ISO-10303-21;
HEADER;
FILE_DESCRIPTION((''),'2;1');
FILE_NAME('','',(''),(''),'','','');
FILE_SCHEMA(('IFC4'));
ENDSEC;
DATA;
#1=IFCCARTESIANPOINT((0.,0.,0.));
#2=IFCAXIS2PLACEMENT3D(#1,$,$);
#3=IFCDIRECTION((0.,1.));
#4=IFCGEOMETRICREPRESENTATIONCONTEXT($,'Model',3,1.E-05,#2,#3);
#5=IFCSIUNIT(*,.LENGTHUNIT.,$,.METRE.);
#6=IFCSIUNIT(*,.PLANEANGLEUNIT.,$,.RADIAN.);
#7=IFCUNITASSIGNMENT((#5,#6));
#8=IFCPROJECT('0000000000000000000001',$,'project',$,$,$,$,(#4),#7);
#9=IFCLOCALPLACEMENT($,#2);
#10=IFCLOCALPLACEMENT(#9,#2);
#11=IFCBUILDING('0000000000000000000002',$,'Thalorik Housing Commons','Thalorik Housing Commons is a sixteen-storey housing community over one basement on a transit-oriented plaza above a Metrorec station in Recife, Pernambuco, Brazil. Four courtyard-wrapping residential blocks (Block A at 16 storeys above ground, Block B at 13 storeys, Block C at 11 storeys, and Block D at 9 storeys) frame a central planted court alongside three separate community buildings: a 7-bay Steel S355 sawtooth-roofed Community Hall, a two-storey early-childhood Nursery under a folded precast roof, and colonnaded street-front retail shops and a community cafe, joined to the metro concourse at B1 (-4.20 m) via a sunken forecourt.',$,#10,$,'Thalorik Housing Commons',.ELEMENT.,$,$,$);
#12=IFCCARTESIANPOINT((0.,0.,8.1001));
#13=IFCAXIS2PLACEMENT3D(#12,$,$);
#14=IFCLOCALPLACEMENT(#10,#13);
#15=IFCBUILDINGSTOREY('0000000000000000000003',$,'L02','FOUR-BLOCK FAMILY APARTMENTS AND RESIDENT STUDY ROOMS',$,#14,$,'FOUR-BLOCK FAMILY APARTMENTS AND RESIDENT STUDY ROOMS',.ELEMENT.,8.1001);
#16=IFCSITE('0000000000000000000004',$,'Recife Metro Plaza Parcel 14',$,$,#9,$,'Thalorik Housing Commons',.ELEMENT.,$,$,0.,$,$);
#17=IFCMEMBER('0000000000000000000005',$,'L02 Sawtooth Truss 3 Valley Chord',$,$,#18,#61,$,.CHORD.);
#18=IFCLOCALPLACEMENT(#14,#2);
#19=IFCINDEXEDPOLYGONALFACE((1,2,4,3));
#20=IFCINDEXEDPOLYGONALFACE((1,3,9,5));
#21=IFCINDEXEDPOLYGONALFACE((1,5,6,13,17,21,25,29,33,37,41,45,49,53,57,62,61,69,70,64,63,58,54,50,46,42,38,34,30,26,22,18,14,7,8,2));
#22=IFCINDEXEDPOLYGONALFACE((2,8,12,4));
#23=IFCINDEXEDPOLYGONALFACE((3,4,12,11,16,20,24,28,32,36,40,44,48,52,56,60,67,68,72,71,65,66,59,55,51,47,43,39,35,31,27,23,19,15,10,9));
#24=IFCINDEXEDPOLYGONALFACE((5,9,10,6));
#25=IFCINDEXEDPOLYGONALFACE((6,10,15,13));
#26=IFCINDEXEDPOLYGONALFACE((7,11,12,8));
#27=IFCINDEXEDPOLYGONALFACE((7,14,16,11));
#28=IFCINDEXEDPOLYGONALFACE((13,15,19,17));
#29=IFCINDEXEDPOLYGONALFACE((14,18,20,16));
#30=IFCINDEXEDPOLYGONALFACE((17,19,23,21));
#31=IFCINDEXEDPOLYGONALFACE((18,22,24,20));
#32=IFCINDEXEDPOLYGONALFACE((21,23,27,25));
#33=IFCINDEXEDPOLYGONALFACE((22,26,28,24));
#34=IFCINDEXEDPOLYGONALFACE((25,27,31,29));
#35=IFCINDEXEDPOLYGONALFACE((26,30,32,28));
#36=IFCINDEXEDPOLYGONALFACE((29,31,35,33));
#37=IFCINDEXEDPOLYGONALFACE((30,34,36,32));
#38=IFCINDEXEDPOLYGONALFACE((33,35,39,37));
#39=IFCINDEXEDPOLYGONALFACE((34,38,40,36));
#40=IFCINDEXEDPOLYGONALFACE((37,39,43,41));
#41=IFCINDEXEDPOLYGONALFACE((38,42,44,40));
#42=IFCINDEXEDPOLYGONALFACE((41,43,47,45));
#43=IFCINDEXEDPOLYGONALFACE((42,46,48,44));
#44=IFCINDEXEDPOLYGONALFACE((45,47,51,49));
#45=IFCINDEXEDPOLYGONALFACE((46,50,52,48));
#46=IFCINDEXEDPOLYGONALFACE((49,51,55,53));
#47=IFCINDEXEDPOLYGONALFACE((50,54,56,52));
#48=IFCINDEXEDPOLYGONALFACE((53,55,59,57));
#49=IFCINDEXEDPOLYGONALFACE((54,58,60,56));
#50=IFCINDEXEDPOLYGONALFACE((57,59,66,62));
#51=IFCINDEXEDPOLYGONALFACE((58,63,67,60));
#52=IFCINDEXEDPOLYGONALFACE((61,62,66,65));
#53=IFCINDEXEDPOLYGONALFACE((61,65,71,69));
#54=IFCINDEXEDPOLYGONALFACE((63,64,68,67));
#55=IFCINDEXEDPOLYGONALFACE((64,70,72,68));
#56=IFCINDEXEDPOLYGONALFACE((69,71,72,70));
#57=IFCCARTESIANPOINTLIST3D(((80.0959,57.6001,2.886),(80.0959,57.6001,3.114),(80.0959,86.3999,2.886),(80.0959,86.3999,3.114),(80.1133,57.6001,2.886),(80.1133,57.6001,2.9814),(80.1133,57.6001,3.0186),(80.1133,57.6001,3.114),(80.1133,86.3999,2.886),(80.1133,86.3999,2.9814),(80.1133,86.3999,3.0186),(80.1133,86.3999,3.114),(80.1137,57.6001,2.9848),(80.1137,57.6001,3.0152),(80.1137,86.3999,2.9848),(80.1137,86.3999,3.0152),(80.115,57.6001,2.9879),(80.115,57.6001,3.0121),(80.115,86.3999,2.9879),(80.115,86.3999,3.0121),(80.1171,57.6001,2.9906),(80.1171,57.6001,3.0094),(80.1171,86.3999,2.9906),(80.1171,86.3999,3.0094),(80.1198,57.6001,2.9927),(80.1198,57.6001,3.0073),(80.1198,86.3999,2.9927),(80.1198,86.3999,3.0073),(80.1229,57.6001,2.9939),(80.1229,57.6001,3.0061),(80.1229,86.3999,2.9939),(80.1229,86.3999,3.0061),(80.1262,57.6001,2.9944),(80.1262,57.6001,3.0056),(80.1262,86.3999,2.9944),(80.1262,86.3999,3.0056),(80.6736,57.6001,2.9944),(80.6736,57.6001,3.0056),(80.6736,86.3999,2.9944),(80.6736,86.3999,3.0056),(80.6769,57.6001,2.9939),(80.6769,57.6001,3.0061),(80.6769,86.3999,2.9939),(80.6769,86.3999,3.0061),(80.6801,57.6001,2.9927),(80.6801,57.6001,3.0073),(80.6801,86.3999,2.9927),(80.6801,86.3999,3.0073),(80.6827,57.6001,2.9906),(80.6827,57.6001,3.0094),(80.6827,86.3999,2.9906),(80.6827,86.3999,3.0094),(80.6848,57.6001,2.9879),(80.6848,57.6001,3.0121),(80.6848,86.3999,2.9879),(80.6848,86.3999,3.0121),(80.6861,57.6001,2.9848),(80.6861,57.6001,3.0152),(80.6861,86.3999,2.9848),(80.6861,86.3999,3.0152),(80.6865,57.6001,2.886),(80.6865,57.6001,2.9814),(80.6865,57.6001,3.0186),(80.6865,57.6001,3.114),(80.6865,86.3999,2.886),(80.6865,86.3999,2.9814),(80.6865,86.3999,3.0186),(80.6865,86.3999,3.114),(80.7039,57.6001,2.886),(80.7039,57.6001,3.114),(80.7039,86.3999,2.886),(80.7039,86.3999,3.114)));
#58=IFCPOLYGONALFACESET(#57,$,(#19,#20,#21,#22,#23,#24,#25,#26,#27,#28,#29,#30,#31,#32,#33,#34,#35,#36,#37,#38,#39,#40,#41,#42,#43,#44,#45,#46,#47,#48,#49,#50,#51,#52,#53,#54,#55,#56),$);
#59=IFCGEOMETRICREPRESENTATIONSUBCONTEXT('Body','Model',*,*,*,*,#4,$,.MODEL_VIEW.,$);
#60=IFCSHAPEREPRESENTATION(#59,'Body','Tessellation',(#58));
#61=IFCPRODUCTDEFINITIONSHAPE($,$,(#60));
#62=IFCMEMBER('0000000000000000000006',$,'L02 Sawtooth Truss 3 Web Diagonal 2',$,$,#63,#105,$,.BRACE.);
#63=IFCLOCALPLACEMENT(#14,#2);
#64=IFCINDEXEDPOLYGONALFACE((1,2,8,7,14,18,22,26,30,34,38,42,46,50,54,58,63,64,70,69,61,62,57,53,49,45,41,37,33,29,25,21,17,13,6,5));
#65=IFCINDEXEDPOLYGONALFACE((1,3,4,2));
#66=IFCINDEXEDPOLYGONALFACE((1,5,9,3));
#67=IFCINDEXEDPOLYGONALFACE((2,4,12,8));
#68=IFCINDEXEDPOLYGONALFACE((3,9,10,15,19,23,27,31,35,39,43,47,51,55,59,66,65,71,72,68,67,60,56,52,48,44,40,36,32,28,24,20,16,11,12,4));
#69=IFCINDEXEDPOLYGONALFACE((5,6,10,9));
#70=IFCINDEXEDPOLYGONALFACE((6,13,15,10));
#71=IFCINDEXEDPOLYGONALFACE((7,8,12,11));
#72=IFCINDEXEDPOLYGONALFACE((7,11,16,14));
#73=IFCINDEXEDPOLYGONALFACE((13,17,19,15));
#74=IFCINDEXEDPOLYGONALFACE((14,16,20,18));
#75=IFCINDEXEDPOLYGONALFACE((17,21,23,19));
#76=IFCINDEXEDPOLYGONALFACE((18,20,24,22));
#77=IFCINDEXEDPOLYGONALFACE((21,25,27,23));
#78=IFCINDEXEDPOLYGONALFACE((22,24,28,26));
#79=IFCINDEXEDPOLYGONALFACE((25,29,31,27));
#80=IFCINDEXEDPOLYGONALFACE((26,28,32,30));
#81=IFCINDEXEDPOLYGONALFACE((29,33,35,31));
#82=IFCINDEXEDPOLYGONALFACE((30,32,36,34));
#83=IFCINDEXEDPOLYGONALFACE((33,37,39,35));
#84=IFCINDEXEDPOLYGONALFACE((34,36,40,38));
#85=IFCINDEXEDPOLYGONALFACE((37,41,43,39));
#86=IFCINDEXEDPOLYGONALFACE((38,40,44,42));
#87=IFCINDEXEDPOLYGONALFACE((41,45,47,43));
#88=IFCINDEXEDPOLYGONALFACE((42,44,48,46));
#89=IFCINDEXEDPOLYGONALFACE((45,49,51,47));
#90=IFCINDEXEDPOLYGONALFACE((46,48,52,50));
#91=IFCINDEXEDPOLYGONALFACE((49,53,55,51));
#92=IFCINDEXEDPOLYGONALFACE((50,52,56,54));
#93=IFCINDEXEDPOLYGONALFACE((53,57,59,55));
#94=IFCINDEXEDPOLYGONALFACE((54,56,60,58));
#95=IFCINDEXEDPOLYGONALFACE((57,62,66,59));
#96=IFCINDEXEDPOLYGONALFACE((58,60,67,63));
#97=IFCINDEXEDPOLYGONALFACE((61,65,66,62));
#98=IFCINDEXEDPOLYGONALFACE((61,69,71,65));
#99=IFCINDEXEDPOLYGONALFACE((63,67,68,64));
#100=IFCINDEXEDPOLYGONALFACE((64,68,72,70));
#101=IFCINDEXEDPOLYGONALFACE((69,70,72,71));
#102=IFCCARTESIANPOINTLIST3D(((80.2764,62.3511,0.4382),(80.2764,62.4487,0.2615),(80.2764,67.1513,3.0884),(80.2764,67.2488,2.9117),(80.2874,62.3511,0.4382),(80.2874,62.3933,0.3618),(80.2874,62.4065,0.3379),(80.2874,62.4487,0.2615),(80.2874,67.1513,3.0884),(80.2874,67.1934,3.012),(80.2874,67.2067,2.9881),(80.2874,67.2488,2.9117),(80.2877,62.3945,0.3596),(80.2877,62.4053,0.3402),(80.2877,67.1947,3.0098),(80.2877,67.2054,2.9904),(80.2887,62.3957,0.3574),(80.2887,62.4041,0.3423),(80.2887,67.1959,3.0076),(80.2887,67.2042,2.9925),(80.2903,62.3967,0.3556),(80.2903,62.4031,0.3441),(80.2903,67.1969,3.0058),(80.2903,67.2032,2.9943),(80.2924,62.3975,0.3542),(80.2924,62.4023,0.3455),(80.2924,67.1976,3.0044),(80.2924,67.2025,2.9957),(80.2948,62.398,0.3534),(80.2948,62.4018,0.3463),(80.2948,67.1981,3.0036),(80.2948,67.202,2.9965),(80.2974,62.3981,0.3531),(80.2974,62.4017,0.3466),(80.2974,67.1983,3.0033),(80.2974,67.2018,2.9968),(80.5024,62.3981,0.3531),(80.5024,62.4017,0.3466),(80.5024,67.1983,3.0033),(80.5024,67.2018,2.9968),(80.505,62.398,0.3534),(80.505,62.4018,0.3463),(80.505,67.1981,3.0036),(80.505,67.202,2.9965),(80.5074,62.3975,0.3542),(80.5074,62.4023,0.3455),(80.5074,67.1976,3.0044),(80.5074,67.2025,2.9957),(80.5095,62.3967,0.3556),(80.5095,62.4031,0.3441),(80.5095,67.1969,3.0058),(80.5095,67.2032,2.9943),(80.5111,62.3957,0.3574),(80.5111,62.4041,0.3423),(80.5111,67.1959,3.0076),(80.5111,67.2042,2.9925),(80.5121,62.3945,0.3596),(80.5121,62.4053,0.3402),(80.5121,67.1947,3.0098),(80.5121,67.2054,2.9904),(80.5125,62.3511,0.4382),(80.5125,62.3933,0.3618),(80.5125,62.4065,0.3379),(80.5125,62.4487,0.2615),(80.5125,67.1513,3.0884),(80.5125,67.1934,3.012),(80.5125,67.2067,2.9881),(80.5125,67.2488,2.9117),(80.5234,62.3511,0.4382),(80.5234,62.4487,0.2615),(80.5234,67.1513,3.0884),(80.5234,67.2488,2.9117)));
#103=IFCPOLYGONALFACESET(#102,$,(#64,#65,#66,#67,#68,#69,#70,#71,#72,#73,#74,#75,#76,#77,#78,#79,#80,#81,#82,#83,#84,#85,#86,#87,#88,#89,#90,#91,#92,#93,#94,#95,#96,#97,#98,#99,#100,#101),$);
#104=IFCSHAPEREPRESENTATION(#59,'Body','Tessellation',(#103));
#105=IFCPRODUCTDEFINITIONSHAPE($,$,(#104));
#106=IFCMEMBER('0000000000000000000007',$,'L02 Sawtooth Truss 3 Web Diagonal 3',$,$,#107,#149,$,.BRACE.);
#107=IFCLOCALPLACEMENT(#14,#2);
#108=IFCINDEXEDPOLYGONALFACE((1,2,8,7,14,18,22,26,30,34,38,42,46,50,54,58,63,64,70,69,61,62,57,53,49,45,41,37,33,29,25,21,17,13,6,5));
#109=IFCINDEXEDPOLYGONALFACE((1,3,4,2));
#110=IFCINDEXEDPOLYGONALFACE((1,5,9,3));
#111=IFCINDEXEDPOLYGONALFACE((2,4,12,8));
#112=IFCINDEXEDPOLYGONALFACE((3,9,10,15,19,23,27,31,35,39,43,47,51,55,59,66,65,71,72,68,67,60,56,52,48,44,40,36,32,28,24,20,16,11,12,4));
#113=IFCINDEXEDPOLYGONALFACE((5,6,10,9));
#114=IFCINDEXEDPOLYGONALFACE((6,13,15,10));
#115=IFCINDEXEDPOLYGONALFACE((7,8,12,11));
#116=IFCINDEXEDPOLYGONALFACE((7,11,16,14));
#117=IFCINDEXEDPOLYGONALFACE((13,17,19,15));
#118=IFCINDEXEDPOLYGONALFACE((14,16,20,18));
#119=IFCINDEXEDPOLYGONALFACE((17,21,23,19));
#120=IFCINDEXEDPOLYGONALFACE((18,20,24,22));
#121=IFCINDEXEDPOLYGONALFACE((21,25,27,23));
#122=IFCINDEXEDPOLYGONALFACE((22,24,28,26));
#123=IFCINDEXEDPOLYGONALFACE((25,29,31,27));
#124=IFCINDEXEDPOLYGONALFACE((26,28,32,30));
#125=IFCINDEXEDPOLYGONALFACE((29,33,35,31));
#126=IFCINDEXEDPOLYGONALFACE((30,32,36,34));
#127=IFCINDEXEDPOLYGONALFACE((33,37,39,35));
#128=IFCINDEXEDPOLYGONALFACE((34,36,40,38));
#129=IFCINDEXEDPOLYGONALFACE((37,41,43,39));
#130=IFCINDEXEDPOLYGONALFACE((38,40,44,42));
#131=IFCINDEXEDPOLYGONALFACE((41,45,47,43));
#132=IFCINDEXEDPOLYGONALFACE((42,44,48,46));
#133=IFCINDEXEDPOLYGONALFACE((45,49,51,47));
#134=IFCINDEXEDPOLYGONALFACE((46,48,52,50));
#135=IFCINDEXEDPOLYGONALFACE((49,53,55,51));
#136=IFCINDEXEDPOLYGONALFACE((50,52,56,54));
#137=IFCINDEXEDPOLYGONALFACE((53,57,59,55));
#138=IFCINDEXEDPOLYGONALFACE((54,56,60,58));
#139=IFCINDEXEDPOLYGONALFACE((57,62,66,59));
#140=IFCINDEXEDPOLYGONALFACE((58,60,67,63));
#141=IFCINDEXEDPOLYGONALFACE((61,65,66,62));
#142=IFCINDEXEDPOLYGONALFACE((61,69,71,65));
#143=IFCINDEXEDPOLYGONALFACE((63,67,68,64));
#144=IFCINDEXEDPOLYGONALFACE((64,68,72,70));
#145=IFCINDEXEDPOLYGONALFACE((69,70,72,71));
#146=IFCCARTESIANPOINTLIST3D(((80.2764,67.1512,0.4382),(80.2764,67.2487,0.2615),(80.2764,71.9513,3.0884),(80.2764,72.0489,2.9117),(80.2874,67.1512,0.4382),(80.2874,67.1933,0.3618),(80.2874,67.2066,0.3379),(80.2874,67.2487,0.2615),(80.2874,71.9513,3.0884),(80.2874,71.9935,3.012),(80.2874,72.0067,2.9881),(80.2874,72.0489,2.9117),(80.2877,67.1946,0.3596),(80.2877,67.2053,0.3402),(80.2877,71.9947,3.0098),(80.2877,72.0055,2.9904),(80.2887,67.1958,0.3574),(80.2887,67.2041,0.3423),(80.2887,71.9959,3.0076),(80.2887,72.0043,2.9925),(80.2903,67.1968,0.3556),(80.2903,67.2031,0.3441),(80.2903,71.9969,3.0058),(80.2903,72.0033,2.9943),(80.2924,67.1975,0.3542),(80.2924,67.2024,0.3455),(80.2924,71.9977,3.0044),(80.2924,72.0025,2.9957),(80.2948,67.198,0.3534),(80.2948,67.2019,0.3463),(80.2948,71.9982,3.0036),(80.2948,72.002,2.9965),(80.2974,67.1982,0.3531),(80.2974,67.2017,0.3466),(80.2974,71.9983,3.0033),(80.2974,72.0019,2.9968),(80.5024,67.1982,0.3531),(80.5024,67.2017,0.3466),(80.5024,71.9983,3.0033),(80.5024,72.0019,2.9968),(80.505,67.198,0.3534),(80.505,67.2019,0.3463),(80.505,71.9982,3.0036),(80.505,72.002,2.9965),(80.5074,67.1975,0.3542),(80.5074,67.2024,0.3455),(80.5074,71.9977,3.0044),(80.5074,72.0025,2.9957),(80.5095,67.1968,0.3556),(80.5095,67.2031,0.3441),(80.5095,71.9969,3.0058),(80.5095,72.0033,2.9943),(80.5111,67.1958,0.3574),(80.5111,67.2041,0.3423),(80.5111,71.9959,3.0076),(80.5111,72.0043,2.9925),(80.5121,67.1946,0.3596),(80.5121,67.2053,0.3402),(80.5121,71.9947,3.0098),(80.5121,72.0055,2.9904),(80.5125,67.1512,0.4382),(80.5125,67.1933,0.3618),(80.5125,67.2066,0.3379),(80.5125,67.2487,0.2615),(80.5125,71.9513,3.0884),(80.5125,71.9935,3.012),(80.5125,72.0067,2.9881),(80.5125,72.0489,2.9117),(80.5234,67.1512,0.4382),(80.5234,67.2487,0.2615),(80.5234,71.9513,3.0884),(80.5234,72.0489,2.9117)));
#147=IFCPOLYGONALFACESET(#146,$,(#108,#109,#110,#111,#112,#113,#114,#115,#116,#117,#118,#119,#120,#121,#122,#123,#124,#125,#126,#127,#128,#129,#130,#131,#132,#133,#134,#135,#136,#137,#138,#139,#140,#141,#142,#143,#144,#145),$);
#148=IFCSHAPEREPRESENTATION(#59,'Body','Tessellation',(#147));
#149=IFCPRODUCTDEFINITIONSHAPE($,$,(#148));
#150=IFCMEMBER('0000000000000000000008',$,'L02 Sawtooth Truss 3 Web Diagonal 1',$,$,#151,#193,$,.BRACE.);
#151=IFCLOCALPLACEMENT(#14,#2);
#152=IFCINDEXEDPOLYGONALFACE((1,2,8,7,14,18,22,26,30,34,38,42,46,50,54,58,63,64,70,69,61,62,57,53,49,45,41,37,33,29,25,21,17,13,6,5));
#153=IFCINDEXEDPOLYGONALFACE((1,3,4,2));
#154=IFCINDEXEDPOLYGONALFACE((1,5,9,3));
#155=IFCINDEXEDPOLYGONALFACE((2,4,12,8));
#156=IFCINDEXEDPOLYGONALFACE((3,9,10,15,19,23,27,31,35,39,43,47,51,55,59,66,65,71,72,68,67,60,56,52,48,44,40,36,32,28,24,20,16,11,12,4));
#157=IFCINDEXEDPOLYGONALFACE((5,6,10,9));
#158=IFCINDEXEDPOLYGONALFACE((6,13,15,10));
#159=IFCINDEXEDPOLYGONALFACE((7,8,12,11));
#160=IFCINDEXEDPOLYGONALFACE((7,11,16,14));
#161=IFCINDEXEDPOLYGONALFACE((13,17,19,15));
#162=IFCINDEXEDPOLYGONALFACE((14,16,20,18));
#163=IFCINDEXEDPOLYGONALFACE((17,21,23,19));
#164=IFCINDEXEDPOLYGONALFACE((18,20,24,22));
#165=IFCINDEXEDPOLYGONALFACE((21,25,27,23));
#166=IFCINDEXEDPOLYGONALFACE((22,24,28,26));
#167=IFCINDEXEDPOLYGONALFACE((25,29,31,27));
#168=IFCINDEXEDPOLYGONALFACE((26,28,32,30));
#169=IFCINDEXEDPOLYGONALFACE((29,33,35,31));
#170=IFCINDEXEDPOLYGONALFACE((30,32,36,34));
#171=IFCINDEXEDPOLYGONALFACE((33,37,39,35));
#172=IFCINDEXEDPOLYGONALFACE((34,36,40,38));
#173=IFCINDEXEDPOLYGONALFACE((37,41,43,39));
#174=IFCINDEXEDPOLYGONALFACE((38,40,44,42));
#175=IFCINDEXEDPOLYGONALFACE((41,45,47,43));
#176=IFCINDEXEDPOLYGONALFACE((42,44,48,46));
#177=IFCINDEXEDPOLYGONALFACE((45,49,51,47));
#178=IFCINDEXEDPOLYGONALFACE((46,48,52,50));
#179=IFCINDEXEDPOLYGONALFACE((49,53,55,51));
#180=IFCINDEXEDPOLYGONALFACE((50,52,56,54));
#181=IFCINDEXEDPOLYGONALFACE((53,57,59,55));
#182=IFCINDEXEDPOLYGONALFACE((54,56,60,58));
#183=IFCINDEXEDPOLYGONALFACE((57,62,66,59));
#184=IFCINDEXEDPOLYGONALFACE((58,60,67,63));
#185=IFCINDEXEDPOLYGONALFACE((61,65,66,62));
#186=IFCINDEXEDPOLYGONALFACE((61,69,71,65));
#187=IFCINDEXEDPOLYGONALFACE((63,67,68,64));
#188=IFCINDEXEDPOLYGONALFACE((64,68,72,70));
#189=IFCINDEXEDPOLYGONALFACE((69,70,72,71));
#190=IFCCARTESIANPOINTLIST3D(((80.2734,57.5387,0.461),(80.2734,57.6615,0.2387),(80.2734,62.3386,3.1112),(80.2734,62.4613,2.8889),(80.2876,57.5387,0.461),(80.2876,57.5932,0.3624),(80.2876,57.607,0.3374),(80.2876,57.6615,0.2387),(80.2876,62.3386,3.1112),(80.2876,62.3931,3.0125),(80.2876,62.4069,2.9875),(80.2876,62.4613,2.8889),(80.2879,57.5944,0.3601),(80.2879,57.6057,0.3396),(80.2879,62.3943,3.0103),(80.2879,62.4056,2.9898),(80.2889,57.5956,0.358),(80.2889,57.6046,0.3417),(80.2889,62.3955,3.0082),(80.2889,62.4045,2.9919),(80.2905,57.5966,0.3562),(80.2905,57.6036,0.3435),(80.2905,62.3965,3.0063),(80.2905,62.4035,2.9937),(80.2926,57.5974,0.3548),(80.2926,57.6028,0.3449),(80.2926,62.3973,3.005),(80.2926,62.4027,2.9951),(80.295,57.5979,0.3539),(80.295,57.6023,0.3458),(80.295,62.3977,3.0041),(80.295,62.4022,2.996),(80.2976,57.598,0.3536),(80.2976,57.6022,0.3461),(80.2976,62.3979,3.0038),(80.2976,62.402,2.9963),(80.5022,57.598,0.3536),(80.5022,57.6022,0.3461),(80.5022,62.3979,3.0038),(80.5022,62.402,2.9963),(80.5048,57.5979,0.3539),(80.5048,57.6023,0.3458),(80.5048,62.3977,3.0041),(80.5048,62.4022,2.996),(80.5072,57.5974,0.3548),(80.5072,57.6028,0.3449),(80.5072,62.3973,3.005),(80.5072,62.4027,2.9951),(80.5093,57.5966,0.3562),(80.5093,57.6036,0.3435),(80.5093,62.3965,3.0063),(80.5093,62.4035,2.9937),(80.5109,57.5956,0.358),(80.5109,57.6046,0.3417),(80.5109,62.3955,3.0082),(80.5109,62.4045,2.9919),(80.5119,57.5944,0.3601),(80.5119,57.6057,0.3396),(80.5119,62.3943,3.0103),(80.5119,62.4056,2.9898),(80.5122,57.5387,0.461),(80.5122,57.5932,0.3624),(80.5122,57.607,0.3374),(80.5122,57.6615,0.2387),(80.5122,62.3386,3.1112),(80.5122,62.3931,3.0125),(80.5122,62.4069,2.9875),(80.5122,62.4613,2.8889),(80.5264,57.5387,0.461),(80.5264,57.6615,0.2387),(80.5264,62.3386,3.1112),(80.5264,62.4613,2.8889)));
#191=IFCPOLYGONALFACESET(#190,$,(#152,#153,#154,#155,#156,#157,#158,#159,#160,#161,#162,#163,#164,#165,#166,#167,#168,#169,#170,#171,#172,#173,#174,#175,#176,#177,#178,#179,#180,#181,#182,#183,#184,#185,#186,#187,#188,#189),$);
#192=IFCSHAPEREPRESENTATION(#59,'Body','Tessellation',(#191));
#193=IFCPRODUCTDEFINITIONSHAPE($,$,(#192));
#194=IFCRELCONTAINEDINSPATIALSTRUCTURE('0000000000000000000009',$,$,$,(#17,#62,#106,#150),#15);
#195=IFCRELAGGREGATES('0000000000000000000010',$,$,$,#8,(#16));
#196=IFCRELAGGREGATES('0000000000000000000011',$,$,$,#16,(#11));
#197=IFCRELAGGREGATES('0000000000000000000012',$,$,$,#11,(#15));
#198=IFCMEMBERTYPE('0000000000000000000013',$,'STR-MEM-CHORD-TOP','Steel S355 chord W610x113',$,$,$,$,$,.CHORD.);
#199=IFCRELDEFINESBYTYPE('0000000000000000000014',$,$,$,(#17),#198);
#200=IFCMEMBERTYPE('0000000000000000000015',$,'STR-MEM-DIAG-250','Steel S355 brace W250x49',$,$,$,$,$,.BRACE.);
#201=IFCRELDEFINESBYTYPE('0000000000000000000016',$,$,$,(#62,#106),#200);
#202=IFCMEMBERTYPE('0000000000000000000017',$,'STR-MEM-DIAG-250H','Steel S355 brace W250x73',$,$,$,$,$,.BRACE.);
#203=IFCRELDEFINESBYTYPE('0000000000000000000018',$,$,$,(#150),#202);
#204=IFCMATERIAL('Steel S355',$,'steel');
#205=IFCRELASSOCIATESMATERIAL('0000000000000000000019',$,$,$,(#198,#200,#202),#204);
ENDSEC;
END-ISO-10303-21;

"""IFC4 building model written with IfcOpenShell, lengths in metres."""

from ifc_helpers import new_model, si_unit, direction, frame, origin, origin_2d, place, context, subcontext, project, spatial, i_section, extrude, material, material_profile, profile_set, type_object, element, save


model = new_model("IFC4")

# Units and contexts
model_context = context("Model", 3, precision=1e-05, world=origin(), true_north=direction((0.0, 1.0)))
body_context = subcontext(model_context, "Body", "Model", "MODEL_VIEW")
ifc_project = project(units=[si_unit("LENGTHUNIT", "METRE"), si_unit("PLANEANGLEUNIT", "RADIAN")], contexts=[model_context])

# Site, building, storey
site_placement = place(None, origin())
site = spatial("IfcSite", under=ifc_project, at=site_placement, Name="Recife Metro Plaza Parcel 14", LongName="Thalorik Housing Commons", CompositionType="ELEMENT", RefElevation=0.0)
building_placement = place(site_placement, origin())
building = spatial("IfcBuilding", under=site, at=building_placement, Name="Thalorik Housing Commons", Description="Thalorik Housing Commons is a sixteen-storey housing community over one basement on a transit-oriented plaza above a Metrorec station in Recife, Pernambuco, Brazil. Four courtyard-wrapping residential blocks (Block A at 16 storeys above ground, Block B at 13 storeys, Block C at 11 storeys, and Block D at 9 storeys) frame a central planted court alongside three separate community buildings: a 7-bay Steel S355 sawtooth-roofed Community Hall, a two-storey early-childhood Nursery under a folded precast roof, and colonnaded street-front retail shops and a community cafe, joined to the metro concourse at B1 (-4.20 m) via a sunken forecourt.", LongName="Thalorik Housing Commons", CompositionType="ELEMENT")
storey_placement = place(building_placement, frame((0.0, 0.0, 8.1001)))
storey = spatial("IfcBuildingStorey", under=building, at=storey_placement, Name="L02", Description="FOUR-BLOCK FAMILY APARTMENTS AND RESIDENT STUDY ROOMS", LongName="FOUR-BLOCK FAMILY APARTMENTS AND RESIDENT STUDY ROOMS", CompositionType="ELEMENT", Elevation=8.1001)

# Shared definitions
ifc_material_1 = material(Name="Steel S355", Category="steel")

# Members
ifc_material_profile_1 = material_profile(ifc_material_1, i_section(OverallWidth=0.228, OverallDepth=0.6079, WebThickness=0.0112, FlangeThickness=0.0173, FilletRadius=0.0129, at=origin_2d()), Name="W610x113", Category="steel")
ifc_profile_set_1 = profile_set([ifc_material_profile_1], Name="Steel S355")
member_type_1 = type_object("IfcMemberType", Name="STR-MEM-CHORD-TOP", Description="Steel S355 chord W610x113", PredefinedType="CHORD", material=ifc_profile_set_1)
member_1_placement = place(storey_placement, frame((80.3999, 57.6001, 3.0), z_axis=(0.0, 1.0, 0.0), x_axis=(0.0, 0.0, 1.0)))
element("IfcMember", 1, at=member_1_placement, inside=storey, type_object=member_type_1, Name="L02 Sawtooth Truss 3 Valley Chord", PredefinedType="CHORD", context=body_context, shape_type="SweptSolid", body=[
    extrude(i_section(OverallWidth=0.228, OverallDepth=0.6079, WebThickness=0.0112, FlangeThickness=0.0173, FilletRadius=0.0129, at=origin_2d()), origin(), (0.0, 0.0, 1.0), 28.7998),
])
ifc_material_profile_2 = material_profile(ifc_material_1, i_section(OverallWidth=0.2019, OverallDepth=0.2471, WebThickness=0.0073, FlangeThickness=0.011, FilletRadius=0.01, at=origin_2d()), Name="W250x49", Category="steel")
ifc_profile_set_2 = profile_set([ifc_material_profile_2], Name="Steel S355")
member_type_2 = type_object("IfcMemberType", Name="STR-MEM-DIAG-250", Description="Steel S355 brace W250x49", PredefinedType="BRACE", material=ifc_profile_set_2)
for number, where, z_axis, x_axis, name in (
    (2, (80.3999, 62.3999, 0.3499), (0.0, 0.875435, 0.483335), (0.0, -0.483335, 0.875435), "L02 Sawtooth Truss 3 Web Diagonal 2"),
    (3, (80.3999, 67.2, 0.3499), (0.0, 0.875435, 0.483335), (0.0, -0.483335, 0.875435), "L02 Sawtooth Truss 3 Web Diagonal 3"),
):
    element("IfcMember", number, at=place(storey_placement, frame(where, z_axis=z_axis, x_axis=x_axis)), inside=storey, type_object=member_type_2, Name=name, PredefinedType="BRACE", context=body_context, shape_type="SweptSolid", body=[
        extrude(i_section(OverallWidth=0.2019, OverallDepth=0.2471, WebThickness=0.0073, FlangeThickness=0.011, FilletRadius=0.01, at=origin_2d()), origin(), (0.0, 0.0, 1.0), 5.4832),
    ])
ifc_material_profile_3 = material_profile(ifc_material_1, i_section(OverallWidth=0.2539, OverallDepth=0.2529, WebThickness=0.0085, FlangeThickness=0.0142, FilletRadius=0.01, at=origin_2d()), Name="W250x73", Category="steel")
ifc_profile_set_3 = profile_set([ifc_material_profile_3], Name="Steel S355")
member_type_3 = type_object("IfcMemberType", Name="STR-MEM-DIAG-250H", Description="Steel S355 brace W250x73", PredefinedType="BRACE", material=ifc_profile_set_3)
member_2_placement = place(storey_placement, frame((80.3999, 57.6001, 0.3499), z_axis=(0.0, 0.875425, 0.483354), x_axis=(0.0, -0.483354, 0.875425)))
element("IfcMember", 4, at=member_2_placement, inside=storey, type_object=member_type_3, Name="L02 Sawtooth Truss 3 Web Diagonal 1", PredefinedType="BRACE", context=body_context, shape_type="SweptSolid", body=[
    extrude(i_section(OverallWidth=0.2539, OverallDepth=0.2529, WebThickness=0.0085, FlangeThickness=0.0142, FilletRadius=0.01, at=origin_2d()), origin(), (0.0, 0.0, 1.0), 5.4829),
])

save(model, "model.ifc")
